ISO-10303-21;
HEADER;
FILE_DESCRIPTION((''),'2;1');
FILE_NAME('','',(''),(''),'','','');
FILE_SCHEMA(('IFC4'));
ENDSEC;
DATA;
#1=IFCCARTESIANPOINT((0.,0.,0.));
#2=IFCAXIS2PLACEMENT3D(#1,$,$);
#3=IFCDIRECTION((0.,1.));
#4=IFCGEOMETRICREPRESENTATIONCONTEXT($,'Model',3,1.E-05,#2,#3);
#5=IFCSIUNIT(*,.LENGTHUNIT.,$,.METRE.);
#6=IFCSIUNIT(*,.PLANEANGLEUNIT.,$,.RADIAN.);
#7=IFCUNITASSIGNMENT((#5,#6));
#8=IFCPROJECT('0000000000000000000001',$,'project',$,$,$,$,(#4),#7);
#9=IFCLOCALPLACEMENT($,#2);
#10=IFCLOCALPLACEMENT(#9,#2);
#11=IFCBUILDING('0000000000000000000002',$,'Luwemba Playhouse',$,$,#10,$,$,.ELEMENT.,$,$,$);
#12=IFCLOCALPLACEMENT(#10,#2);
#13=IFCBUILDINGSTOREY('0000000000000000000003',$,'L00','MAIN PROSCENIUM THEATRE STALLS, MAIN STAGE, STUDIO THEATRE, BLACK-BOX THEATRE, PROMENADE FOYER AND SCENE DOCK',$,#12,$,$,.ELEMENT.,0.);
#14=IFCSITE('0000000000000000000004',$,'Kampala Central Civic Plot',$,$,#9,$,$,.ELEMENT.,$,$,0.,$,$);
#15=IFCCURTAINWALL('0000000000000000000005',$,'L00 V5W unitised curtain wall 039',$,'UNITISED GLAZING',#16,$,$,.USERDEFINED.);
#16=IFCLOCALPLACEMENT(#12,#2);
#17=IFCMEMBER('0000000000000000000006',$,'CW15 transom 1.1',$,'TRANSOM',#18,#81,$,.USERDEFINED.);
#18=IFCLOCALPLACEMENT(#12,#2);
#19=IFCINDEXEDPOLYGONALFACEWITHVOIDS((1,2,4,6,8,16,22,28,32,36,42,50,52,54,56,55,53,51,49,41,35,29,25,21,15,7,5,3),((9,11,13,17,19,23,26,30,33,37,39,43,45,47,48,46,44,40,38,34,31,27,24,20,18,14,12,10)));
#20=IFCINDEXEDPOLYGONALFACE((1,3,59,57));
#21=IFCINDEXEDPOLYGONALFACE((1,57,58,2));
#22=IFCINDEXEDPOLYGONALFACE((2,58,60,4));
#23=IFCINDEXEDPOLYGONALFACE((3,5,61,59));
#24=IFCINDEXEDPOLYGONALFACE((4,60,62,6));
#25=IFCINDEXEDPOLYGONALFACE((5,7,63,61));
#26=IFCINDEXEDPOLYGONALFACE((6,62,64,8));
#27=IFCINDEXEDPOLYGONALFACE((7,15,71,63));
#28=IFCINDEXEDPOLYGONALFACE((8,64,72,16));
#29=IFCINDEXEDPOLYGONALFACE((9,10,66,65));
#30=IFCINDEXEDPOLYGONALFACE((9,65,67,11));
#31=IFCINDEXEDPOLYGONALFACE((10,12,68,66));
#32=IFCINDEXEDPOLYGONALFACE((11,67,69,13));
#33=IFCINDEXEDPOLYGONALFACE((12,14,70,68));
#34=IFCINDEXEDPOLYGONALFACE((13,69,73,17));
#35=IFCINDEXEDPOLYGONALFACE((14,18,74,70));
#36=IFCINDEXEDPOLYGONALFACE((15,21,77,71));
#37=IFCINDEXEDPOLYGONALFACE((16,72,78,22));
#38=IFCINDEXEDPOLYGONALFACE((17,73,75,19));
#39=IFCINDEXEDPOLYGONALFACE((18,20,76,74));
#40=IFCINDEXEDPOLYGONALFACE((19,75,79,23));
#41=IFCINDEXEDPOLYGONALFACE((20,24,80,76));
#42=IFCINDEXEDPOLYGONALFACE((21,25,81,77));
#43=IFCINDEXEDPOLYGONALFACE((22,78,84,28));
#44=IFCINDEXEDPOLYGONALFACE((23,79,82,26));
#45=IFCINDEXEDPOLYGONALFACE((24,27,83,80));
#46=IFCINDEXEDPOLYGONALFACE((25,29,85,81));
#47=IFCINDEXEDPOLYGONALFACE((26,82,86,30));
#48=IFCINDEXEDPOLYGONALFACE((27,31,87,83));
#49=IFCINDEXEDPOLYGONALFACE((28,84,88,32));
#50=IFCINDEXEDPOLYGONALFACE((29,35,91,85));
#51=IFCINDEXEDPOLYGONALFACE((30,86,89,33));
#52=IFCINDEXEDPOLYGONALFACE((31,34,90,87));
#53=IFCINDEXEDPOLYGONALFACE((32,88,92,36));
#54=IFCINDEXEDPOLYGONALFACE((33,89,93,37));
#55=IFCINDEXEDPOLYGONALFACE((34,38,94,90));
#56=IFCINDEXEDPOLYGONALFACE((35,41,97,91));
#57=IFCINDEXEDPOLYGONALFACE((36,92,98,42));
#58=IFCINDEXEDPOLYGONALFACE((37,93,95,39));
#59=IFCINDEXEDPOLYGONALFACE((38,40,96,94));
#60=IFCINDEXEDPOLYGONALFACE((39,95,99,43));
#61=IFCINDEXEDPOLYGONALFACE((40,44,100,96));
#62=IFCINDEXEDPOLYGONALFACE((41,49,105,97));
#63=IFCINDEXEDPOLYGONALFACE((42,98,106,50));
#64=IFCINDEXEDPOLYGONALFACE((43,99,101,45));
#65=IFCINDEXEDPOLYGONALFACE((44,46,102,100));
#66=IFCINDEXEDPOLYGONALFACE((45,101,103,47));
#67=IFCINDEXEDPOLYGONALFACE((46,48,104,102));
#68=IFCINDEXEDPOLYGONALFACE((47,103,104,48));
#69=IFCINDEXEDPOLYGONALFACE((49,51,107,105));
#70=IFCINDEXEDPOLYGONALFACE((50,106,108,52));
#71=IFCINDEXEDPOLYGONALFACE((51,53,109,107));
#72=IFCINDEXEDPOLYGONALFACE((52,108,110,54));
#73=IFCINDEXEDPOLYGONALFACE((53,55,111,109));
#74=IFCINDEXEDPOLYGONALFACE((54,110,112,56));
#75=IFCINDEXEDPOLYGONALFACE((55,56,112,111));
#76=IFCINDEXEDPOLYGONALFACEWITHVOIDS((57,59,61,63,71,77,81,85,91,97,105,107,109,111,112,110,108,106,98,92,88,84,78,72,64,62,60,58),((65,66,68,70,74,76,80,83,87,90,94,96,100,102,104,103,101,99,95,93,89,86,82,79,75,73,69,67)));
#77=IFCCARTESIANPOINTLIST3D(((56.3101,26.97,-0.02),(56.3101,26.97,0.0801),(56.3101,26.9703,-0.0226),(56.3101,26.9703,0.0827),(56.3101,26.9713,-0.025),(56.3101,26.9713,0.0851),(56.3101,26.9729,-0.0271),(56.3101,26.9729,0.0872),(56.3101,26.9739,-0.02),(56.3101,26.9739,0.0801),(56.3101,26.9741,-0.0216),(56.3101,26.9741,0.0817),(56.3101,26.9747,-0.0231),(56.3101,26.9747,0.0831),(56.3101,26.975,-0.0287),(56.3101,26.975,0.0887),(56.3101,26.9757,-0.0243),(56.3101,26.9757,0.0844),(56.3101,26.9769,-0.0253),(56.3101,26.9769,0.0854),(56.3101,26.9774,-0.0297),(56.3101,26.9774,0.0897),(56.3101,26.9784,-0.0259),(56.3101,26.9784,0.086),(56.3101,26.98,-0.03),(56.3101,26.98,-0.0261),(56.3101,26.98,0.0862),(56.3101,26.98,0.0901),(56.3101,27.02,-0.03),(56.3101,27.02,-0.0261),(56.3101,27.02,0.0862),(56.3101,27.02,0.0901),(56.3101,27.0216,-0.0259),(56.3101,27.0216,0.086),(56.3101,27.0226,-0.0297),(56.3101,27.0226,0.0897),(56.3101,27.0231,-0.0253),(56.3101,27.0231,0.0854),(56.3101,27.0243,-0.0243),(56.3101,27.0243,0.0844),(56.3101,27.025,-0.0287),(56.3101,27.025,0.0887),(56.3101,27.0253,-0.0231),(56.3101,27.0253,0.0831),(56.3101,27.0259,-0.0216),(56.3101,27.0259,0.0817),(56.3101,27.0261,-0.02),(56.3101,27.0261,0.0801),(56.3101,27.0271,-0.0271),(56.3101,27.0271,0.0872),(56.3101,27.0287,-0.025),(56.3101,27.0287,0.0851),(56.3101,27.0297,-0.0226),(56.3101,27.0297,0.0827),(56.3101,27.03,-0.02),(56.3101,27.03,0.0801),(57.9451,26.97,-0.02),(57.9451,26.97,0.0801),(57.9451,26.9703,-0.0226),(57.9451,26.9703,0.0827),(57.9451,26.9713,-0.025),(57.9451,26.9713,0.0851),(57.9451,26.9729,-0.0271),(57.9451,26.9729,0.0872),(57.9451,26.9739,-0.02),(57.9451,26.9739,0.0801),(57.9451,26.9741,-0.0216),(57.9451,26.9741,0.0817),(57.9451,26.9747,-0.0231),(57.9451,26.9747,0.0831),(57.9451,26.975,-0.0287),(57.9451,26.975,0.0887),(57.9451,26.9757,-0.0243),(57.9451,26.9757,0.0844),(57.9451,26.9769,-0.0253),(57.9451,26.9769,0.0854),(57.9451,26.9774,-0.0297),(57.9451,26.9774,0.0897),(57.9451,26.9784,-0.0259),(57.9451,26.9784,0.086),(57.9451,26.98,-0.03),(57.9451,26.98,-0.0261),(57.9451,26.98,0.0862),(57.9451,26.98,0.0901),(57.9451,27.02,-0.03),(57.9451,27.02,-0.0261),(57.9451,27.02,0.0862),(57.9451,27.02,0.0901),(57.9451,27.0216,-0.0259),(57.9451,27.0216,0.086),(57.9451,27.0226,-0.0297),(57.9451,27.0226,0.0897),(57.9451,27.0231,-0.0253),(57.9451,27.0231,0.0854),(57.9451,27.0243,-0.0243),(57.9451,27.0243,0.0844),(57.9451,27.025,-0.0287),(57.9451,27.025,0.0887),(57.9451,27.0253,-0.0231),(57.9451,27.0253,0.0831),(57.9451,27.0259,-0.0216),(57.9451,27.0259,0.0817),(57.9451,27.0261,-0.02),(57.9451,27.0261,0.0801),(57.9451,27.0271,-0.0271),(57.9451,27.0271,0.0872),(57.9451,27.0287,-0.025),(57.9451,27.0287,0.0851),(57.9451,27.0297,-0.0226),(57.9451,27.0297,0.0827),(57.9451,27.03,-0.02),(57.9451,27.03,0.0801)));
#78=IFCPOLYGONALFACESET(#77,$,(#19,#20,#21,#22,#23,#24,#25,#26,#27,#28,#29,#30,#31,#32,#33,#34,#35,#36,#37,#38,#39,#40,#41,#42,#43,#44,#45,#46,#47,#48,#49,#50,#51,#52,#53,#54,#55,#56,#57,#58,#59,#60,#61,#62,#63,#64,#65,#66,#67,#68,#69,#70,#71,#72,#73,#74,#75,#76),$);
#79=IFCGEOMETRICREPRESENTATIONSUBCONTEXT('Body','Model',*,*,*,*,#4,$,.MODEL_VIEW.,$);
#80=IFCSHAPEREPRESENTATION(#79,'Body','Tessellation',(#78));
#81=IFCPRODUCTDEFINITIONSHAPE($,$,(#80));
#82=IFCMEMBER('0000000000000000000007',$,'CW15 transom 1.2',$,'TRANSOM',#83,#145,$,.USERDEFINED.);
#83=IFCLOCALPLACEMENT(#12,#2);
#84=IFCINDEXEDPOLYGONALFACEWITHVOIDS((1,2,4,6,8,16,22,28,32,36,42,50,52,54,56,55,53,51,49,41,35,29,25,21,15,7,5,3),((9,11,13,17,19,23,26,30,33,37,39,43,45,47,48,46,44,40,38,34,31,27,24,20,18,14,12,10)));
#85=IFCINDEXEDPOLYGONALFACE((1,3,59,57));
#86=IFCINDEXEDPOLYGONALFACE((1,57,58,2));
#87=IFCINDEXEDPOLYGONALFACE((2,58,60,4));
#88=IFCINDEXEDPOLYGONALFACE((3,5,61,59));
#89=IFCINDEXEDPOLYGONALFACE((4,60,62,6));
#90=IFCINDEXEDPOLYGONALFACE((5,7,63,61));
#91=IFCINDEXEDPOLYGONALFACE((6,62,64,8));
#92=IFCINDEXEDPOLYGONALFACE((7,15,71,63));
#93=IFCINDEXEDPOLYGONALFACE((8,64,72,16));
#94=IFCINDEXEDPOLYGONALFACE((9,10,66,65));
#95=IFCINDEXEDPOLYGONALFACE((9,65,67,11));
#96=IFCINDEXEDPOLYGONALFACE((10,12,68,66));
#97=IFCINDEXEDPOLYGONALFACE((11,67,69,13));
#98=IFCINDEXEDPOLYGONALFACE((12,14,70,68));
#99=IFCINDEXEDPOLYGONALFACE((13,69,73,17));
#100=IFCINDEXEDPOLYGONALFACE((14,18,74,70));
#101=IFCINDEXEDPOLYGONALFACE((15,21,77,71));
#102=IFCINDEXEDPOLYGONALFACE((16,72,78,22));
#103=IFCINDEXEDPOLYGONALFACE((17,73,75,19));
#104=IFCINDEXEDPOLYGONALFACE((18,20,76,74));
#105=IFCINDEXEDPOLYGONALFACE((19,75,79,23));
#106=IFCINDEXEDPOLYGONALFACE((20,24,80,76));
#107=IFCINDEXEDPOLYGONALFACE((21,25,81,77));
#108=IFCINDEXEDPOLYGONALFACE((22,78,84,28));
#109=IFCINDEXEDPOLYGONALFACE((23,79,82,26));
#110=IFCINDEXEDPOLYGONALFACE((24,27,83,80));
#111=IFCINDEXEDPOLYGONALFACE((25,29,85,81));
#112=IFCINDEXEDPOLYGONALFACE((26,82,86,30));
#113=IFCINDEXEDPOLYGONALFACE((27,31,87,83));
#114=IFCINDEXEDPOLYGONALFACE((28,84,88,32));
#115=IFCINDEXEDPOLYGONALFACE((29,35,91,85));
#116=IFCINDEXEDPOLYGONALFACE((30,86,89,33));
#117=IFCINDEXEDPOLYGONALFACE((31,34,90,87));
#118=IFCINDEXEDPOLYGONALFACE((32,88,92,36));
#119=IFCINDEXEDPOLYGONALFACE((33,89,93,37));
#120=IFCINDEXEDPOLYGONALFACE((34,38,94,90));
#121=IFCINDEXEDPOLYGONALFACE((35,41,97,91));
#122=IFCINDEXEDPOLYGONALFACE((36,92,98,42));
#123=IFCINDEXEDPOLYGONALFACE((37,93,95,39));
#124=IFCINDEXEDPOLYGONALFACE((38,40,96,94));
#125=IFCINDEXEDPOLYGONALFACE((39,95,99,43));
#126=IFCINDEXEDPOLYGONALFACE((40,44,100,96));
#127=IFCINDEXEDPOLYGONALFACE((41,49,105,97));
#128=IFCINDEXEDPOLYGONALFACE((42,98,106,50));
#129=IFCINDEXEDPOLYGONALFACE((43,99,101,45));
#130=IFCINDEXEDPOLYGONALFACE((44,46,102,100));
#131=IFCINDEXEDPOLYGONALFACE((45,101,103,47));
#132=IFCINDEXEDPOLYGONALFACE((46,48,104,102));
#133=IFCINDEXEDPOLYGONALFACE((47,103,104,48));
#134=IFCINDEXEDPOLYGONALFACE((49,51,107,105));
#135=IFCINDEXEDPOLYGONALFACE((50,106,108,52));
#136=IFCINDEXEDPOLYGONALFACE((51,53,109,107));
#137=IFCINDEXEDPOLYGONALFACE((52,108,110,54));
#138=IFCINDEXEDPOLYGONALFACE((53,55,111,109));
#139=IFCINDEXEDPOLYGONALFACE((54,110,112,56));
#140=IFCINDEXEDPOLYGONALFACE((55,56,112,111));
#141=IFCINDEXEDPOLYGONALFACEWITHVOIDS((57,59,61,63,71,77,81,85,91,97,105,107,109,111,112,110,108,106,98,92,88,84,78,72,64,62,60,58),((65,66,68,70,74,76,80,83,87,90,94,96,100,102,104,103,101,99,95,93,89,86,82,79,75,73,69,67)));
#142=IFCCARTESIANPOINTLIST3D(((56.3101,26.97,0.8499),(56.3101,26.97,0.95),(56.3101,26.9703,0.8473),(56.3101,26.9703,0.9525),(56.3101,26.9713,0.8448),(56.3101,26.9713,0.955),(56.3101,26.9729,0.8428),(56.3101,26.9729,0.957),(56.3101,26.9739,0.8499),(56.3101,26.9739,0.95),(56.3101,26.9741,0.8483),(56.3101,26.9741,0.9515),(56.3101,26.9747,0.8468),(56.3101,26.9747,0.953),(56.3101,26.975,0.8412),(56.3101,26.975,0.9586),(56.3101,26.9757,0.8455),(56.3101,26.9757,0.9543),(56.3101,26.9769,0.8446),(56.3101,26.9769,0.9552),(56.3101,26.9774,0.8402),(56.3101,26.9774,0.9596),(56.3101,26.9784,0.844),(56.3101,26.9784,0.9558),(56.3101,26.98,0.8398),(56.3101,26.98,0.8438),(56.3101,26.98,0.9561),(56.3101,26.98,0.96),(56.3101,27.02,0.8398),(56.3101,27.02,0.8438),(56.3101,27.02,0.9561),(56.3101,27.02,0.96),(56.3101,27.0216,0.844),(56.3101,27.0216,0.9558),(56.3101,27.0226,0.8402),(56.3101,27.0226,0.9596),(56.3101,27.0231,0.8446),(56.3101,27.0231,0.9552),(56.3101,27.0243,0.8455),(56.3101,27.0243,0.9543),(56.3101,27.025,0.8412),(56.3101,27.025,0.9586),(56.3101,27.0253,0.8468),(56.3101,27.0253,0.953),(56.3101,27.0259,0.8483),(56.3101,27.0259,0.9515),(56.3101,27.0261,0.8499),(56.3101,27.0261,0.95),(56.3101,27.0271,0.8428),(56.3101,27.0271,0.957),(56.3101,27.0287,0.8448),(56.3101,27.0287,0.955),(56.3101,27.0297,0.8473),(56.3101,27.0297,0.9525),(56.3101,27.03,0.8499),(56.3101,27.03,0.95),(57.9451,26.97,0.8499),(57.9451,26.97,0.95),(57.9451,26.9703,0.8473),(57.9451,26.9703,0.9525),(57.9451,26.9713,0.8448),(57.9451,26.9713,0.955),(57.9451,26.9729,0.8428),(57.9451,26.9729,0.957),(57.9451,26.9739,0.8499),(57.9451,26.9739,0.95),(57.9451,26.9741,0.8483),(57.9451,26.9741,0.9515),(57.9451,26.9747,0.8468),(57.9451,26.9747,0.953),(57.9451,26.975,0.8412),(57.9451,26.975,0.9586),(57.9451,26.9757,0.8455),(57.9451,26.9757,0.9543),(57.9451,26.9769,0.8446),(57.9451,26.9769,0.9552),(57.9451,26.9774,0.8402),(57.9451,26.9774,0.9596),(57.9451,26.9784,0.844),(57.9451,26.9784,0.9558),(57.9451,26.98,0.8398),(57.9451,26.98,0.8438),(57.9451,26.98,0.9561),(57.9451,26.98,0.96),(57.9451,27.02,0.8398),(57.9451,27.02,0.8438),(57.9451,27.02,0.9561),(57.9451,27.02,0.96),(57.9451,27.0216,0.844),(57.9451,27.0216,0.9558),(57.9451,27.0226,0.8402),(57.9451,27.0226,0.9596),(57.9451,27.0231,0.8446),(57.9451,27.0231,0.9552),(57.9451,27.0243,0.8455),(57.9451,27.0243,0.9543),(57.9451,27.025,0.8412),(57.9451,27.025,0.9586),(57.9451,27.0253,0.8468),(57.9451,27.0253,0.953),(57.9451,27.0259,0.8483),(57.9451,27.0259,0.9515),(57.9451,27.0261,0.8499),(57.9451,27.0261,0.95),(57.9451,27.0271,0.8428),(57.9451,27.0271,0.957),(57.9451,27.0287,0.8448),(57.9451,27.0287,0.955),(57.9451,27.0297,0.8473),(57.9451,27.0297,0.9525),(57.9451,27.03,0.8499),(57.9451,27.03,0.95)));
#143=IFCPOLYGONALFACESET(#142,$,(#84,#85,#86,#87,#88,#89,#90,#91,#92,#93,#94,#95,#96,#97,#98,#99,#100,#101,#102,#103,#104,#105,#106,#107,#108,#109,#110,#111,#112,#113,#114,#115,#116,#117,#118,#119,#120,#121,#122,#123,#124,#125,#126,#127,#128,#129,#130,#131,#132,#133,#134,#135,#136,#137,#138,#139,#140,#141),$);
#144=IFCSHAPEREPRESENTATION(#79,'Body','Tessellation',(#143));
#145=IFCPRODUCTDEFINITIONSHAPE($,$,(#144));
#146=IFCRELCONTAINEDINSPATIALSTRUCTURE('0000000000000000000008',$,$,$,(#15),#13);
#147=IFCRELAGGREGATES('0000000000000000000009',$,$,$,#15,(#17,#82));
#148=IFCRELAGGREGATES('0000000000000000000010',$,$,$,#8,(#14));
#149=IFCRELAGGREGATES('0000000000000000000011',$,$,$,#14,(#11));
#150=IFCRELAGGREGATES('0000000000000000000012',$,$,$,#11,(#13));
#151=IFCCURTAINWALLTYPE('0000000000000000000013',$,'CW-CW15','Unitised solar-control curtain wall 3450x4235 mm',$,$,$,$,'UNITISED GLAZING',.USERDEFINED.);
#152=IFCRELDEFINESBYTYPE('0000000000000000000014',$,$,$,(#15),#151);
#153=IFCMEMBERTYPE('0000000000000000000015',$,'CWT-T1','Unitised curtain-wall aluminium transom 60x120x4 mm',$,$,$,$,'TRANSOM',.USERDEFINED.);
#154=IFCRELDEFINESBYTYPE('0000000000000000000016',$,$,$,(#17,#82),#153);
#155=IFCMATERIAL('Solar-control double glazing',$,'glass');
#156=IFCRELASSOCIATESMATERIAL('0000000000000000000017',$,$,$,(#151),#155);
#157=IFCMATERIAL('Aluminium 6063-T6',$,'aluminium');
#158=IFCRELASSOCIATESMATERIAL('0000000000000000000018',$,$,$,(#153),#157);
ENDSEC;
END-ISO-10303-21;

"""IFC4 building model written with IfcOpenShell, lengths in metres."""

from ifc_helpers import new_model, si_unit, direction, frame, origin, origin_2d, place, context, subcontext, project, spatial, hollow_rectangle, extrude, material, material_profile, profile_set, type_object, element, aggregate, save


model = new_model("IFC4")

# Units and contexts
model_context = context("Model", 3, precision=1e-05, world=origin(), true_north=direction((0.0, 1.0)))
body_context = subcontext(model_context, "Body", "Model", "MODEL_VIEW")
ifc_project = project(units=[si_unit("LENGTHUNIT", "METRE"), si_unit("PLANEANGLEUNIT", "RADIAN")], contexts=[model_context])

# Site, building, storey
site_placement = place(None, origin())
site = spatial("IfcSite", under=ifc_project, at=site_placement, Name="Kampala Central Civic Plot", CompositionType="ELEMENT", RefElevation=0.0)
building_placement = place(site_placement, origin())
building = spatial("IfcBuilding", under=site, at=building_placement, Name="Luwemba Playhouse", CompositionType="ELEMENT")
storey_placement = place(building_placement, origin())
storey = spatial("IfcBuildingStorey", under=building, at=storey_placement, Name="L00", Description="MAIN PROSCENIUM THEATRE STALLS, MAIN STAGE, STUDIO THEATRE, BLACK-BOX THEATRE, PROMENADE FOYER AND SCENE DOCK", CompositionType="ELEMENT", Elevation=0.0)

# Curtain wall
ifc_material_1 = material(Name="Solar-control double glazing", Category="glass")
curtain_wall_type_1 = type_object("IfcCurtainWallType", Name="CW-CW15", Description="Unitised solar-control curtain wall 3450x4235 mm", ElementType="UNITISED GLAZING", PredefinedType="USERDEFINED", material=ifc_material_1)
curtain_wall_1_placement = place(storey_placement, origin())
curtain_wall_1 = element("IfcCurtainWall", 1, at=curtain_wall_1_placement, inside=storey, type_object=curtain_wall_type_1, Name="L00 V5W unitised curtain wall 039", ObjectType="UNITISED GLAZING", PredefinedType="USERDEFINED")
ifc_material_2 = material(Name="Aluminium 6063-T6", Category="aluminium")

# Members
ifc_material_profile_1 = material_profile(ifc_material_2, hollow_rectangle(XDim=0.0601, YDim=0.1201, WallThickness=0.0039, InnerFilletRadius=0.0061, OuterFilletRadius=0.01, at=origin_2d()))
ifc_profile_set_1 = profile_set([ifc_material_profile_1], Name="Aluminium 6063-T6")
member_type_1 = type_object("IfcMemberType", Name="CWT-T1", Description="Unitised curtain-wall aluminium transom 60x120x4 mm", ElementType="TRANSOM", PredefinedType="USERDEFINED", material=ifc_profile_set_1)
member_1_placement = place(storey_placement, frame((56.3101, 27.0, 0.03), z_axis=(1.0, 0.0, 0.0), x_axis=(0.0, 1.0, 0.0)))
member_1 = element("IfcMember", 2, at=member_1_placement, type_object=member_type_1, Name="CW15 transom 1.1", ObjectType="TRANSOM", PredefinedType="USERDEFINED", context=body_context, shape_type="SweptSolid", body=[
    extrude(hollow_rectangle(XDim=0.0601, YDim=0.1201, WallThickness=0.0039, InnerFilletRadius=0.0061, OuterFilletRadius=0.01, at=origin_2d()), origin(), (0.0, 0.0, 1.0), 1.635),
])
member_2_placement = place(storey_placement, frame((56.3101, 27.0, 0.8999), z_axis=(1.0, 0.0, 0.0), x_axis=(0.0, 1.0, 0.0)))
member_2 = element("IfcMember", 3, at=member_2_placement, type_object=member_type_1, Name="CW15 transom 1.2", ObjectType="TRANSOM", PredefinedType="USERDEFINED", context=body_context, shape_type="SweptSolid", body=[
    extrude(hollow_rectangle(XDim=0.0601, YDim=0.1201, WallThickness=0.0039, InnerFilletRadius=0.0061, OuterFilletRadius=0.01, at=origin_2d()), origin(), (0.0, 0.0, 1.0), 1.635),
])

aggregate(curtain_wall_1, [member_1, member_2])

save(model, "model.ifc")
